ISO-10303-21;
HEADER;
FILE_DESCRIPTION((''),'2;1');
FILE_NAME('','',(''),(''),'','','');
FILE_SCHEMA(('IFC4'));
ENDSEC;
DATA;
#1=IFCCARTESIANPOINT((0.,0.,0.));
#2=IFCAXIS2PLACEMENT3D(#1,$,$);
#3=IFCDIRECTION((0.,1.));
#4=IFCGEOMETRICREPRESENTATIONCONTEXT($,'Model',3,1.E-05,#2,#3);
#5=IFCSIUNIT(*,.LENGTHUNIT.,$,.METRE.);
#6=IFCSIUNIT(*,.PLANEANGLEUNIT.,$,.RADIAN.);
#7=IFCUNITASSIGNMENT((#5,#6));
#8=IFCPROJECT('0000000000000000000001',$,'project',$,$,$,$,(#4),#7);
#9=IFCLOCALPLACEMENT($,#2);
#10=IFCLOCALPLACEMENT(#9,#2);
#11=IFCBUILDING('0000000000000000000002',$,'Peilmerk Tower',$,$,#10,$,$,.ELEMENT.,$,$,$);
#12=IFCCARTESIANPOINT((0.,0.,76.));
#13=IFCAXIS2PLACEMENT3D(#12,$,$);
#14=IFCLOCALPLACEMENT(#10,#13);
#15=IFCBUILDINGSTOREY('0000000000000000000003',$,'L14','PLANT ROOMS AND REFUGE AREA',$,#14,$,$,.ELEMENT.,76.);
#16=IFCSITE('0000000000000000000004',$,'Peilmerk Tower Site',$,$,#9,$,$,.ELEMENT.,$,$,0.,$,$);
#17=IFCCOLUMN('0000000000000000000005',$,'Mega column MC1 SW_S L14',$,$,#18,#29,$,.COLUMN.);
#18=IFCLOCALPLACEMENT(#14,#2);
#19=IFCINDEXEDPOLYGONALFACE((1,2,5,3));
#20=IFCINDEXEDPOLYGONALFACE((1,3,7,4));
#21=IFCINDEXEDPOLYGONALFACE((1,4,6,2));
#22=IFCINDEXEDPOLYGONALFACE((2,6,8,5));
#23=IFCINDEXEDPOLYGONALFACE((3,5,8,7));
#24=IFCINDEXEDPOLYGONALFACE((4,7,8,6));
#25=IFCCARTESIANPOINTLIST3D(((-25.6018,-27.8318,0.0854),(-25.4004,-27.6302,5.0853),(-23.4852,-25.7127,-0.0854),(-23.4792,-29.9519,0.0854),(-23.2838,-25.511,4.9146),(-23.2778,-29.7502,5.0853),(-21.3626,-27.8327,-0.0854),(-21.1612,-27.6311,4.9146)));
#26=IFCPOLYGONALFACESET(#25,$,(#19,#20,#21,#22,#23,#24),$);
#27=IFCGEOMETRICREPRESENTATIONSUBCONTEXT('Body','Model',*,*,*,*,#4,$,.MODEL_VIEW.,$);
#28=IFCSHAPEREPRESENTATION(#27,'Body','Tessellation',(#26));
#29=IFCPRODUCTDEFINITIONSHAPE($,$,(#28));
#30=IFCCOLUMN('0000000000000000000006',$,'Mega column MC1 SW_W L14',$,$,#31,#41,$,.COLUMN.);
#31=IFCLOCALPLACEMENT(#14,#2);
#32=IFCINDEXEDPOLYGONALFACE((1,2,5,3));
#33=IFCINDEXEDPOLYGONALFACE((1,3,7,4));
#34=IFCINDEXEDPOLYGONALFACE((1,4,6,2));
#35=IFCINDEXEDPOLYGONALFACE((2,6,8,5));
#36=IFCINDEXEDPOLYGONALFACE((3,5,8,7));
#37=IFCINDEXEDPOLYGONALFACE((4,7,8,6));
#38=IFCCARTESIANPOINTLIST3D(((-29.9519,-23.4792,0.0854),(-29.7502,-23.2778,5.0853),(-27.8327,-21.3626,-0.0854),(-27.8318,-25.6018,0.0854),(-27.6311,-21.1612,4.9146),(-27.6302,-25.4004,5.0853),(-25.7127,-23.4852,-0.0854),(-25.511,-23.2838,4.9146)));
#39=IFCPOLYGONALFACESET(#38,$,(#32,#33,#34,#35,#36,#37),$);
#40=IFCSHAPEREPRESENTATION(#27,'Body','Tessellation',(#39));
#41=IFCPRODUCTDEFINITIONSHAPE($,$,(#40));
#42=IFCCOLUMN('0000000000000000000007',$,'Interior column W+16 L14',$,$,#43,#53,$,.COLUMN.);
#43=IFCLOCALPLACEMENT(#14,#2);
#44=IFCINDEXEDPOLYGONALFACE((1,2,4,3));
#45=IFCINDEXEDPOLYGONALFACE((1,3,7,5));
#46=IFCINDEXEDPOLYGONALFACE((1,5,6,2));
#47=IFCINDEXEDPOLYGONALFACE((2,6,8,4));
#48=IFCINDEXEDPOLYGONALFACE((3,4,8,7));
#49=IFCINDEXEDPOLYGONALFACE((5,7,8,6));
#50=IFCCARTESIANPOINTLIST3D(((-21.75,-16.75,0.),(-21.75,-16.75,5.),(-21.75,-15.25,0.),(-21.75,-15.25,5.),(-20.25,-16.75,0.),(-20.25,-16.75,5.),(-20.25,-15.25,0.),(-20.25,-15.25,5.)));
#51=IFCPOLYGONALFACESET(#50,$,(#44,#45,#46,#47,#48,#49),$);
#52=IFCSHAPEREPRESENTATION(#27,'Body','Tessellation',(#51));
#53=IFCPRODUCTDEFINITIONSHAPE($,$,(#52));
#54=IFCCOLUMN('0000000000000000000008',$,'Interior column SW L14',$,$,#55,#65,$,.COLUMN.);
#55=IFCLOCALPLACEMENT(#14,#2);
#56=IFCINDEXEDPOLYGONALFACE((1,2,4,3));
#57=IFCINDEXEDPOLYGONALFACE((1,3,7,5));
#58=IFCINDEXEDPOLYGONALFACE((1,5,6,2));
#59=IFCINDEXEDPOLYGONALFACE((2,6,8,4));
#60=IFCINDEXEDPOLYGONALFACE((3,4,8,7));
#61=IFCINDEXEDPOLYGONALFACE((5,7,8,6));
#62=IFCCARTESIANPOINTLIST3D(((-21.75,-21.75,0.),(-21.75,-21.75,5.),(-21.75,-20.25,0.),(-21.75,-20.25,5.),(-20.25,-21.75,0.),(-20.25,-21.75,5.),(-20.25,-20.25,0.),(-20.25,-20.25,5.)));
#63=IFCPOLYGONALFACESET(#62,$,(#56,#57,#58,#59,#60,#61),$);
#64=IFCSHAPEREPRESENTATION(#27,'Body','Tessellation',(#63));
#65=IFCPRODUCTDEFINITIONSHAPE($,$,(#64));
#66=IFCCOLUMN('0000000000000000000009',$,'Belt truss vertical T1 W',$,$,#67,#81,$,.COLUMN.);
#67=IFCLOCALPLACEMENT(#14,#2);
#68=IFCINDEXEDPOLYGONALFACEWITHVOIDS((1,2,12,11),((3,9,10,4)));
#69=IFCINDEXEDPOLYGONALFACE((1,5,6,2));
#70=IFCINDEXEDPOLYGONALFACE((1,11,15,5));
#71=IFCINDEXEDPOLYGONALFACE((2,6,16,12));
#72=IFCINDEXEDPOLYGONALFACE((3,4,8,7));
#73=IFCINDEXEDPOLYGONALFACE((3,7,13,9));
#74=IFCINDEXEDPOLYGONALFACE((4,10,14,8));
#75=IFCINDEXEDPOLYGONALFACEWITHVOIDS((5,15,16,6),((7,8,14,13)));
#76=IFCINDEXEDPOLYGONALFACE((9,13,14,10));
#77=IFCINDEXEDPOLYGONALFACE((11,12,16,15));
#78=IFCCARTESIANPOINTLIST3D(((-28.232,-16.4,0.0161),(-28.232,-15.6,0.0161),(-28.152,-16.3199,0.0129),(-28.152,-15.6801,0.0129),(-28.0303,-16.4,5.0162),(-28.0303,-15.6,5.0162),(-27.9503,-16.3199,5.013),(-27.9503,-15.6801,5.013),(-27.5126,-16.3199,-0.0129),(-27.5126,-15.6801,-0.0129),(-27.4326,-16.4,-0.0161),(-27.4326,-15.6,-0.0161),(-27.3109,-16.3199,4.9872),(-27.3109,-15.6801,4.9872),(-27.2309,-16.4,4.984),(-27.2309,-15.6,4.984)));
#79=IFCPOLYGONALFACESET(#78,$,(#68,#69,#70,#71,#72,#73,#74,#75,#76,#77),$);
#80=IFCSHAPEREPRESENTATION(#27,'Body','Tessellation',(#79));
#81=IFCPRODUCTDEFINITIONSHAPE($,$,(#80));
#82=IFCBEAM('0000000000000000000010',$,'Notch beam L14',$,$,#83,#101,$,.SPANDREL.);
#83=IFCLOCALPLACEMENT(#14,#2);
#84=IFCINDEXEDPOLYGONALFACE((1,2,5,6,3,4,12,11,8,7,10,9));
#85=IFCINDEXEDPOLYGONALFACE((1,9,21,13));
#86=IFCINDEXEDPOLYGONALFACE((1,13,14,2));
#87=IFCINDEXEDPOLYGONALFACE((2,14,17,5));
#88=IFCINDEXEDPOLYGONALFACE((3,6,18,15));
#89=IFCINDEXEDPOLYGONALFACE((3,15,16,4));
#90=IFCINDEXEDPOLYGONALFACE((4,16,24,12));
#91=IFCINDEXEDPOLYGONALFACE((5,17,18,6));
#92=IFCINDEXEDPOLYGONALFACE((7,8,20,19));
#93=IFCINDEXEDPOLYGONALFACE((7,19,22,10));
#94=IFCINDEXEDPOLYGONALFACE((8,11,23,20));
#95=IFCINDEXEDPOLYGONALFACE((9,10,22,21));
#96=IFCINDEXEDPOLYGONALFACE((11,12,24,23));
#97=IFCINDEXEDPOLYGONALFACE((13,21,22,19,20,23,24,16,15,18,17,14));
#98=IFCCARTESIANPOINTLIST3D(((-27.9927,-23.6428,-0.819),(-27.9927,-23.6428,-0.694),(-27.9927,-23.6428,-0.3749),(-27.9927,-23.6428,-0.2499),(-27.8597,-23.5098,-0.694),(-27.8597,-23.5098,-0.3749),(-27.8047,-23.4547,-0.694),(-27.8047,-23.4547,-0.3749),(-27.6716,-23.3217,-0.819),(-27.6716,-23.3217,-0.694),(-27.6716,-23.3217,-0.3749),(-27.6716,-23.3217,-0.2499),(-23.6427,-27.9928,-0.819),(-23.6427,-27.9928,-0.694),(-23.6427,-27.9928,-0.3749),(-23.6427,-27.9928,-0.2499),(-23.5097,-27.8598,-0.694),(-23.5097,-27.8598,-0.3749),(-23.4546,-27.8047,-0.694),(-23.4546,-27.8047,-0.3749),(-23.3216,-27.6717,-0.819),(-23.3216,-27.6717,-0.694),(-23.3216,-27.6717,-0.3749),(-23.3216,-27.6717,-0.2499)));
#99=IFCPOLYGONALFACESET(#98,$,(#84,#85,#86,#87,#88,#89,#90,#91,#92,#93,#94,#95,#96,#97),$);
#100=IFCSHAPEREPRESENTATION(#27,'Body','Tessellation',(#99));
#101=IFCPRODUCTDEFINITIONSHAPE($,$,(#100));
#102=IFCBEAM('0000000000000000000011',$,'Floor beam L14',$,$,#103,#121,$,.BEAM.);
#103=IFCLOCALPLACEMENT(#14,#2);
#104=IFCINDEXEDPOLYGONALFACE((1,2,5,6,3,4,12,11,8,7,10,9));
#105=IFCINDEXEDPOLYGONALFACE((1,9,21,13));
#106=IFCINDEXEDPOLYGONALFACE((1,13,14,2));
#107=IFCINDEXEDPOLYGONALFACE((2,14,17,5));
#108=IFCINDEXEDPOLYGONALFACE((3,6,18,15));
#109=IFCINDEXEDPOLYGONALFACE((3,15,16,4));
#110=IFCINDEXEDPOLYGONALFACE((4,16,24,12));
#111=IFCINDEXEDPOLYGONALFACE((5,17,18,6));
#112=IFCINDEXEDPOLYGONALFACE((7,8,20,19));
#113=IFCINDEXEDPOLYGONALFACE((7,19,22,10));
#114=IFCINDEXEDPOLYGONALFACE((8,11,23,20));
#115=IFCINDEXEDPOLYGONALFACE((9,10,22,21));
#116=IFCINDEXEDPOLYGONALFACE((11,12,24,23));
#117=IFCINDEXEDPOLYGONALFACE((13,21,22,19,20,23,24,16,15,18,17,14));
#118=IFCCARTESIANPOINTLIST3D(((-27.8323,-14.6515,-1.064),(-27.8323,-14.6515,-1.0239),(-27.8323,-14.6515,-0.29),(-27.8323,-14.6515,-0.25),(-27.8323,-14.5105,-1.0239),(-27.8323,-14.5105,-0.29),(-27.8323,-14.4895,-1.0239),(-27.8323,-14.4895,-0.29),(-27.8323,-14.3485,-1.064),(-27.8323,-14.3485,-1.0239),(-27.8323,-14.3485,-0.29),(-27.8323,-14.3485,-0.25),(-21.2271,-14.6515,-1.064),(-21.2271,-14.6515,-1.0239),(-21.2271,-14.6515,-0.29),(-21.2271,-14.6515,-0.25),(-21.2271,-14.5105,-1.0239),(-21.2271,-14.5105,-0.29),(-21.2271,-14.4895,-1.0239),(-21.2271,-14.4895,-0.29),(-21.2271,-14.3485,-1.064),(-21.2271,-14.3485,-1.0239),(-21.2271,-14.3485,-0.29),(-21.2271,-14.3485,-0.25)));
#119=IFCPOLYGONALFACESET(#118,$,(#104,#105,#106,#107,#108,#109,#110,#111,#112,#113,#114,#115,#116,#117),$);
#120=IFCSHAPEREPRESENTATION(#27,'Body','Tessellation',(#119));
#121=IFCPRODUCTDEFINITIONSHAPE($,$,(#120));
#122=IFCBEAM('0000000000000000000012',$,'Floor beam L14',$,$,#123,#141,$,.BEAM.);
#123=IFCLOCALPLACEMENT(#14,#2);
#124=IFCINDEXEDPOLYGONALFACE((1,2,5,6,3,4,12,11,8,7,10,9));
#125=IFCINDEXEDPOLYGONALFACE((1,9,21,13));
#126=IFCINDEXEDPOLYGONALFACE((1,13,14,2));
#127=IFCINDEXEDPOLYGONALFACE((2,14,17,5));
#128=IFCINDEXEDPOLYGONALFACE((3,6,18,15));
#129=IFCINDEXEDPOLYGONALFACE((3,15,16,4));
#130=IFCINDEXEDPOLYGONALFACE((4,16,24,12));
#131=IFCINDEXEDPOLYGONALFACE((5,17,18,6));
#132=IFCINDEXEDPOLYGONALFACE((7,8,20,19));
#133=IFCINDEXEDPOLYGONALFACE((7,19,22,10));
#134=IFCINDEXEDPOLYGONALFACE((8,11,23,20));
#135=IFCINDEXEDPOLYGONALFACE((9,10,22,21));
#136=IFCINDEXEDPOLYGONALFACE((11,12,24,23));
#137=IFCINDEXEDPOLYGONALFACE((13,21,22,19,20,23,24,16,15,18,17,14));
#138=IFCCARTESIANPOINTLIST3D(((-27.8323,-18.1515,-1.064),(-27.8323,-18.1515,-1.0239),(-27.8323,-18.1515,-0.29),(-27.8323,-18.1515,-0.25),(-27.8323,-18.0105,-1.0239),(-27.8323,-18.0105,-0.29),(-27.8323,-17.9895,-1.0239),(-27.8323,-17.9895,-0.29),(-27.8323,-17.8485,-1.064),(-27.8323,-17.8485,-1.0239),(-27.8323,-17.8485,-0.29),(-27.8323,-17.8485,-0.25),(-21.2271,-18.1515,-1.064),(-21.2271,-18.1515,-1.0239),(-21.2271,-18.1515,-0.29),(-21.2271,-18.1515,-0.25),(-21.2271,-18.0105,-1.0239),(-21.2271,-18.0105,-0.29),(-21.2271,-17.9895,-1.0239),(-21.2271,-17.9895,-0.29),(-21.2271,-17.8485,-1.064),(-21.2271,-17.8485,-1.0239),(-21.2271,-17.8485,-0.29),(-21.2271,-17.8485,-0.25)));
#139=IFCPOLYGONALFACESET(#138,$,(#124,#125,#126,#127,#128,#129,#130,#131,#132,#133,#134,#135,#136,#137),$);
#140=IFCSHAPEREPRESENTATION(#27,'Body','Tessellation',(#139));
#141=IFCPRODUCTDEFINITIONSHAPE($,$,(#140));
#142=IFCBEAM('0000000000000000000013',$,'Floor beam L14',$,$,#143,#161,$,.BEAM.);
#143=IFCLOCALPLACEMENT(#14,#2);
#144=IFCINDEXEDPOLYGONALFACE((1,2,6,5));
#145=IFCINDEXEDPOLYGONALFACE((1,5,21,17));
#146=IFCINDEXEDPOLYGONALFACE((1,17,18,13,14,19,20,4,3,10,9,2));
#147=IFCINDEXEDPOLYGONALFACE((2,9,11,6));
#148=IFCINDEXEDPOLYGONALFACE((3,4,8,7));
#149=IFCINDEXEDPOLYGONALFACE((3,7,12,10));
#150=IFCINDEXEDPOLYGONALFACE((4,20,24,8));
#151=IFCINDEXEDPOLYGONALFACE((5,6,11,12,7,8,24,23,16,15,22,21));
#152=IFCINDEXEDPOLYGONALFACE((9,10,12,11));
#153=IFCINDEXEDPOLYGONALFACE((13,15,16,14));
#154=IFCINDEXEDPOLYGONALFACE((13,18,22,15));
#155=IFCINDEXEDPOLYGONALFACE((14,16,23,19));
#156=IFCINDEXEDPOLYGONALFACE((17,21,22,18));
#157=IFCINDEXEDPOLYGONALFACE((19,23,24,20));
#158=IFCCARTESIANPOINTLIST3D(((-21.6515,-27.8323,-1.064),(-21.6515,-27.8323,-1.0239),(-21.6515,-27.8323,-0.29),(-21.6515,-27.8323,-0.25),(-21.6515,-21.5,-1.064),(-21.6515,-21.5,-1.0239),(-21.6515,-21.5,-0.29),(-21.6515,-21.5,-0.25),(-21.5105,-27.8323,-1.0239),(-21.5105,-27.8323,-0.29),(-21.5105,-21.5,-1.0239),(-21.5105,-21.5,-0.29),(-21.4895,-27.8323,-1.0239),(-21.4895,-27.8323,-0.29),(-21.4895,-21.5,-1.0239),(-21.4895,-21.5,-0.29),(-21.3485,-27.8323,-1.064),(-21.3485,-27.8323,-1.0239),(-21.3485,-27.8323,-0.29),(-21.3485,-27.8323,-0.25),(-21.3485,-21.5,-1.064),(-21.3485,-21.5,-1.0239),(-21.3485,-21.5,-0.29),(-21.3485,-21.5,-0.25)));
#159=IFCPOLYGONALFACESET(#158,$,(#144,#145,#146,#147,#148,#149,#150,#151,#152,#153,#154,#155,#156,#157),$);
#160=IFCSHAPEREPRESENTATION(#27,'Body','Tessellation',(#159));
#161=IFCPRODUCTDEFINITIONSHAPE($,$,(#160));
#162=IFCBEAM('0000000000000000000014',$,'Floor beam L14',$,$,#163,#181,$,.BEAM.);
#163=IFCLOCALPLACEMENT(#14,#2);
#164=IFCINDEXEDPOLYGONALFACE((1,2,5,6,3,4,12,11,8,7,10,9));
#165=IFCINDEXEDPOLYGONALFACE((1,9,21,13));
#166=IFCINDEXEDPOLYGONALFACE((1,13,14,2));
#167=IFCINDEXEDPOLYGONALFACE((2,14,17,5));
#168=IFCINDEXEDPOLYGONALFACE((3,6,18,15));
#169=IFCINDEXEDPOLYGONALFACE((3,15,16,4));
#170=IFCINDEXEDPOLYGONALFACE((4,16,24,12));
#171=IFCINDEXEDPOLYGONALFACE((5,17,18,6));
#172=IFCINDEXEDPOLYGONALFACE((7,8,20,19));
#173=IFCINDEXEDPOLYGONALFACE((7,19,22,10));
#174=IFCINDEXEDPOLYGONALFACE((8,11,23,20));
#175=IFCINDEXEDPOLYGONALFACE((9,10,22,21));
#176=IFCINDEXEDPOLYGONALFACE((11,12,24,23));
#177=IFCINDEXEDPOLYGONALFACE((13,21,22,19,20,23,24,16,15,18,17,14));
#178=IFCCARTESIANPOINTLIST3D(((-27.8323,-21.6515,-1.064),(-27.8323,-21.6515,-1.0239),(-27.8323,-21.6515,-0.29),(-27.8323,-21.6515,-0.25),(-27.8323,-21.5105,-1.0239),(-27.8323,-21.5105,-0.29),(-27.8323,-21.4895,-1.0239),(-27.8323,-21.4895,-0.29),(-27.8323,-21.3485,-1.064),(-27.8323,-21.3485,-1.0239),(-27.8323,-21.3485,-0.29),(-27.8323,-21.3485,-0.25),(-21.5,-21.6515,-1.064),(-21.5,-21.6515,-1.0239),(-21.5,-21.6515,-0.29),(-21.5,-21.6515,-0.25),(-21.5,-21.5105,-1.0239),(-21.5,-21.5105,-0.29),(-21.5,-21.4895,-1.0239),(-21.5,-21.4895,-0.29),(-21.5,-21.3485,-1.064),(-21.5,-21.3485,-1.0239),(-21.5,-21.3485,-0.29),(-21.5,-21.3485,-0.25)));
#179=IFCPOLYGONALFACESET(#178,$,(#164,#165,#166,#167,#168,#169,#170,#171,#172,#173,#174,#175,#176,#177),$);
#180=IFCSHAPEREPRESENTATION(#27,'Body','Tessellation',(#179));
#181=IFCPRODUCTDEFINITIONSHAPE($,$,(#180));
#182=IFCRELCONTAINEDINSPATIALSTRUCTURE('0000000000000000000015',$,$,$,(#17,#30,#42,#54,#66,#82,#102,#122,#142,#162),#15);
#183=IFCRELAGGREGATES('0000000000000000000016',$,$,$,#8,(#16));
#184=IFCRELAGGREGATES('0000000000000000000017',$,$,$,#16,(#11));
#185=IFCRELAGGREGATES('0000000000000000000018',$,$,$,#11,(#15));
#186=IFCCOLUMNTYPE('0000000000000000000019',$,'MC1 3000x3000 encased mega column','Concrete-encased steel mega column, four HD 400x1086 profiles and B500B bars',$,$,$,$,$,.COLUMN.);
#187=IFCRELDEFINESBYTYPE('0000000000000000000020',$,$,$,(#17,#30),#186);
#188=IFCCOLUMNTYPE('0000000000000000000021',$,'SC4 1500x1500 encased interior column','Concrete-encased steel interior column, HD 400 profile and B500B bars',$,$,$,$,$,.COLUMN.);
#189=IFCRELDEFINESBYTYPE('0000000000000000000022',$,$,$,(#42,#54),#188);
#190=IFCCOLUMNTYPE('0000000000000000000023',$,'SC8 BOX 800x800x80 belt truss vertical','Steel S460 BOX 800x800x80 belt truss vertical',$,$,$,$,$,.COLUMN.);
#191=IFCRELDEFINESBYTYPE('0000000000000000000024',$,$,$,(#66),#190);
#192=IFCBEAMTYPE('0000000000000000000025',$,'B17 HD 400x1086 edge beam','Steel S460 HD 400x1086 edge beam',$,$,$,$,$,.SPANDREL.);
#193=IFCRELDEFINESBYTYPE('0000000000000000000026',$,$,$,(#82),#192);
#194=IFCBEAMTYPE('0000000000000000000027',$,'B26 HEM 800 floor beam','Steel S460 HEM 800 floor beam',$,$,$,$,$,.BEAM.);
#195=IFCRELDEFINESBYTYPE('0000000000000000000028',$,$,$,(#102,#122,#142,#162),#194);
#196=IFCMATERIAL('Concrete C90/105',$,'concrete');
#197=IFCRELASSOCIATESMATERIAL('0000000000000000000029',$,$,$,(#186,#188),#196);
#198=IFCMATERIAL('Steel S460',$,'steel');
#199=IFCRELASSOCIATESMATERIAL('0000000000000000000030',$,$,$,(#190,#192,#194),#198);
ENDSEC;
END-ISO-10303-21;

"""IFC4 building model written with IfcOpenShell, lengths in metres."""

from ifc_helpers import new_model, si_unit, direction, frame, origin, origin_2d, place, context, subcontext, project, spatial, rectangle, hollow_rectangle, i_section, extrude, material, material_profile, profile_set, type_object, element, save


model = new_model("IFC4")

# Units and contexts
model_context = context("Model", 3, precision=1e-05, world=origin(), true_north=direction((0.0, 1.0)))
body_context = subcontext(model_context, "Body", "Model", "MODEL_VIEW")
ifc_project = project(units=[si_unit("LENGTHUNIT", "METRE"), si_unit("PLANEANGLEUNIT", "RADIAN")], contexts=[model_context])

# Site, building, storey
site_placement = place(None, origin())
site = spatial("IfcSite", under=ifc_project, at=site_placement, Name="Peilmerk Tower Site", CompositionType="ELEMENT", RefElevation=0.0)
building_placement = place(site_placement, origin())
building = spatial("IfcBuilding", under=site, at=building_placement, Name="Peilmerk Tower", CompositionType="ELEMENT")
storey_placement = place(building_placement, frame((0.0, 0.0, 76.0)))
storey = spatial("IfcBuildingStorey", under=building, at=storey_placement, Name="L14", Description="PLANT ROOMS AND REFUGE AREA", CompositionType="ELEMENT", Elevation=76.0)

# Columns
ifc_material_1 = material(Name="Concrete C90/105", Category="concrete")
ifc_material_profile_1 = material_profile(ifc_material_1, rectangle(XDim=3.0, YDim=3.0, at=origin_2d()), Name="RC 3000x3000")
ifc_profile_set_1 = profile_set([ifc_material_profile_1], Name="Concrete C90/105")
column_type_1 = type_object("IfcColumnType", Name="MC1 3000x3000 encased mega column", Description="Concrete-encased steel mega column, four HD 400x1086 profiles and B500B bars", PredefinedType="COLUMN", material=ifc_profile_set_1)
for number, where, z_axis, x_axis, name in (
    (1, (-23.4822, -27.8323, 0.0), (0.040218, 0.040267, 0.998379), (-0.707535, 0.706678, 0.0), "Mega column MC1 SW_S L14"),
    (2, (-27.8323, -23.4822, 0.0), (0.040267, 0.040218, 0.998379), (-0.706678, 0.707535, 0.0), "Mega column MC1 SW_W L14"),
):
    element("IfcColumn", number, at=place(storey_placement, frame(where, z_axis=z_axis, x_axis=x_axis)), inside=storey, type_object=column_type_1, Name=name, PredefinedType="COLUMN", context=body_context, shape_type="SweptSolid", body=[
        extrude(rectangle(XDim=3.0, YDim=3.0, at=origin_2d()), origin(), (0.0, 0.0, 1.0), 5.0081),
    ])
ifc_material_profile_2 = material_profile(ifc_material_1, rectangle(XDim=1.5, YDim=1.5, at=origin_2d()), Name="RC 1500x1500")
ifc_profile_set_2 = profile_set([ifc_material_profile_2], Name="Concrete C90/105")
column_type_2 = type_object("IfcColumnType", Name="SC4 1500x1500 encased interior column", Description="Concrete-encased steel interior column, HD 400 profile and B500B bars", PredefinedType="COLUMN", material=ifc_profile_set_2)
for number, where, z_axis, x_axis, name in (
    (3, (-21.0, -16.0, 0.0), (0.0, 0.0, 1.0), (1.0, 0.0, 0.0), "Interior column W+16 L14"),
    (4, (-21.0, -21.0, 0.0), (0.0, 0.0, 1.0), (1.0, 0.0, 0.0), "Interior column SW L14"),
):
    element("IfcColumn", number, at=place(storey_placement, frame(where, z_axis=z_axis, x_axis=x_axis)), inside=storey, type_object=column_type_2, Name=name, PredefinedType="COLUMN", context=body_context, shape_type="SweptSolid", body=[
        extrude(rectangle(XDim=1.5, YDim=1.5, at=origin_2d()), origin(), (0.0, 0.0, 1.0), 5.0),
    ])
ifc_material_2 = material(Name="Steel S460", Category="steel")
ifc_material_profile_3 = material_profile(ifc_material_2, hollow_rectangle(XDim=0.8, YDim=0.8, WallThickness=0.0801, at=origin_2d()), Name="BOX 800x800x80")
ifc_profile_set_3 = profile_set([ifc_material_profile_3], Name="Steel S460")
column_type_3 = type_object("IfcColumnType", Name="SC8 BOX 800x800x80 belt truss vertical", Description="Steel S460 BOX 800x800x80 belt truss vertical", PredefinedType="COLUMN", material=ifc_profile_set_3)
column_placement = place(storey_placement, frame((-27.8323, -16.0, 0.0), z_axis=(0.040299, 0.0, 0.999188), x_axis=(0.0, 1.0, 0.0)))
element("IfcColumn", 5, at=column_placement, inside=storey, type_object=column_type_3, Name="Belt truss vertical T1 W", PredefinedType="COLUMN", context=body_context, shape_type="SweptSolid", body=[
    extrude(hollow_rectangle(XDim=0.8, YDim=0.8, WallThickness=0.0801, at=origin_2d()), origin(), (0.0, 0.0, 1.0), 5.0042),
])

# Beams
ifc_material_profile_4 = material_profile(ifc_material_2, i_section(OverallWidth=0.4541, OverallDepth=0.5691, WebThickness=0.0779, FlangeThickness=0.125, at=origin_2d()), Name="HD 400x1086")
ifc_profile_set_4 = profile_set([ifc_material_profile_4], Name="Steel S460")
beam_type_1 = type_object("IfcBeamType", Name="B17 HD 400x1086 edge beam", Description="Steel S460 HD 400x1086 edge beam", PredefinedType="SPANDREL", material=ifc_profile_set_4)
beam_1_placement = place(storey_placement, frame((-23.4822, -27.8323, -0.5344), z_axis=(-0.707107, 0.707107, 0.0), x_axis=(-0.707107, -0.707107, 0.0)))
element("IfcBeam", 6, at=beam_1_placement, inside=storey, type_object=beam_type_1, Name="Notch beam L14", PredefinedType="SPANDREL", context=body_context, shape_type="SweptSolid", body=[
    extrude(i_section(OverallWidth=0.4541, OverallDepth=0.5691, WebThickness=0.0779, FlangeThickness=0.125, at=origin_2d()), origin(), (0.0, 0.0, 1.0), 6.1519),
])
ifc_material_profile_5 = material_profile(ifc_material_2, i_section(OverallWidth=0.303, OverallDepth=0.814, WebThickness=0.021, FlangeThickness=0.04, at=origin_2d()), Name="HEM 800")
ifc_profile_set_5 = profile_set([ifc_material_profile_5], Name="Steel S460")
beam_type_2 = type_object("IfcBeamType", Name="B26 HEM 800 floor beam", Description="Steel S460 HEM 800 floor beam", PredefinedType="BEAM", material=ifc_profile_set_5)
for number, where, z_axis, x_axis, name in (
    (7, (-21.2271, -14.5, -0.657), (-1.0, 0.0, 0.0), (0.0, -1.0, 0.0), "Floor beam L14"),
    (8, (-21.2271, -18.0, -0.657), (-1.0, 0.0, 0.0), (0.0, -1.0, 0.0), "Floor beam L14"),
):
    element("IfcBeam", number, at=place(storey_placement, frame(where, z_axis=z_axis, x_axis=x_axis)), inside=storey, type_object=beam_type_2, Name=name, PredefinedType="BEAM", context=body_context, shape_type="SweptSolid", body=[
        extrude(i_section(OverallWidth=0.303, OverallDepth=0.814, WebThickness=0.021, FlangeThickness=0.04, at=origin_2d()), origin(), (0.0, 0.0, 1.0), 6.6052),
    ])
for number, where, z_axis, x_axis, name in (
    (9, (-21.5, -21.5, -0.657), (0.0, -1.0, 0.0), (1.0, 0.0, 0.0), "Floor beam L14"),
    (10, (-21.5, -21.5, -0.657), (-1.0, 0.0, 0.0), (0.0, -1.0, 0.0), "Floor beam L14"),
):
    element("IfcBeam", number, at=place(storey_placement, frame(where, z_axis=z_axis, x_axis=x_axis)), inside=storey, type_object=beam_type_2, Name=name, PredefinedType="BEAM", context=body_context, shape_type="SweptSolid", body=[
        extrude(i_section(OverallWidth=0.303, OverallDepth=0.814, WebThickness=0.021, FlangeThickness=0.04, at=origin_2d()), origin(), (0.0, 0.0, 1.0), 6.3323),
    ])

save(model, "model.ifc")
